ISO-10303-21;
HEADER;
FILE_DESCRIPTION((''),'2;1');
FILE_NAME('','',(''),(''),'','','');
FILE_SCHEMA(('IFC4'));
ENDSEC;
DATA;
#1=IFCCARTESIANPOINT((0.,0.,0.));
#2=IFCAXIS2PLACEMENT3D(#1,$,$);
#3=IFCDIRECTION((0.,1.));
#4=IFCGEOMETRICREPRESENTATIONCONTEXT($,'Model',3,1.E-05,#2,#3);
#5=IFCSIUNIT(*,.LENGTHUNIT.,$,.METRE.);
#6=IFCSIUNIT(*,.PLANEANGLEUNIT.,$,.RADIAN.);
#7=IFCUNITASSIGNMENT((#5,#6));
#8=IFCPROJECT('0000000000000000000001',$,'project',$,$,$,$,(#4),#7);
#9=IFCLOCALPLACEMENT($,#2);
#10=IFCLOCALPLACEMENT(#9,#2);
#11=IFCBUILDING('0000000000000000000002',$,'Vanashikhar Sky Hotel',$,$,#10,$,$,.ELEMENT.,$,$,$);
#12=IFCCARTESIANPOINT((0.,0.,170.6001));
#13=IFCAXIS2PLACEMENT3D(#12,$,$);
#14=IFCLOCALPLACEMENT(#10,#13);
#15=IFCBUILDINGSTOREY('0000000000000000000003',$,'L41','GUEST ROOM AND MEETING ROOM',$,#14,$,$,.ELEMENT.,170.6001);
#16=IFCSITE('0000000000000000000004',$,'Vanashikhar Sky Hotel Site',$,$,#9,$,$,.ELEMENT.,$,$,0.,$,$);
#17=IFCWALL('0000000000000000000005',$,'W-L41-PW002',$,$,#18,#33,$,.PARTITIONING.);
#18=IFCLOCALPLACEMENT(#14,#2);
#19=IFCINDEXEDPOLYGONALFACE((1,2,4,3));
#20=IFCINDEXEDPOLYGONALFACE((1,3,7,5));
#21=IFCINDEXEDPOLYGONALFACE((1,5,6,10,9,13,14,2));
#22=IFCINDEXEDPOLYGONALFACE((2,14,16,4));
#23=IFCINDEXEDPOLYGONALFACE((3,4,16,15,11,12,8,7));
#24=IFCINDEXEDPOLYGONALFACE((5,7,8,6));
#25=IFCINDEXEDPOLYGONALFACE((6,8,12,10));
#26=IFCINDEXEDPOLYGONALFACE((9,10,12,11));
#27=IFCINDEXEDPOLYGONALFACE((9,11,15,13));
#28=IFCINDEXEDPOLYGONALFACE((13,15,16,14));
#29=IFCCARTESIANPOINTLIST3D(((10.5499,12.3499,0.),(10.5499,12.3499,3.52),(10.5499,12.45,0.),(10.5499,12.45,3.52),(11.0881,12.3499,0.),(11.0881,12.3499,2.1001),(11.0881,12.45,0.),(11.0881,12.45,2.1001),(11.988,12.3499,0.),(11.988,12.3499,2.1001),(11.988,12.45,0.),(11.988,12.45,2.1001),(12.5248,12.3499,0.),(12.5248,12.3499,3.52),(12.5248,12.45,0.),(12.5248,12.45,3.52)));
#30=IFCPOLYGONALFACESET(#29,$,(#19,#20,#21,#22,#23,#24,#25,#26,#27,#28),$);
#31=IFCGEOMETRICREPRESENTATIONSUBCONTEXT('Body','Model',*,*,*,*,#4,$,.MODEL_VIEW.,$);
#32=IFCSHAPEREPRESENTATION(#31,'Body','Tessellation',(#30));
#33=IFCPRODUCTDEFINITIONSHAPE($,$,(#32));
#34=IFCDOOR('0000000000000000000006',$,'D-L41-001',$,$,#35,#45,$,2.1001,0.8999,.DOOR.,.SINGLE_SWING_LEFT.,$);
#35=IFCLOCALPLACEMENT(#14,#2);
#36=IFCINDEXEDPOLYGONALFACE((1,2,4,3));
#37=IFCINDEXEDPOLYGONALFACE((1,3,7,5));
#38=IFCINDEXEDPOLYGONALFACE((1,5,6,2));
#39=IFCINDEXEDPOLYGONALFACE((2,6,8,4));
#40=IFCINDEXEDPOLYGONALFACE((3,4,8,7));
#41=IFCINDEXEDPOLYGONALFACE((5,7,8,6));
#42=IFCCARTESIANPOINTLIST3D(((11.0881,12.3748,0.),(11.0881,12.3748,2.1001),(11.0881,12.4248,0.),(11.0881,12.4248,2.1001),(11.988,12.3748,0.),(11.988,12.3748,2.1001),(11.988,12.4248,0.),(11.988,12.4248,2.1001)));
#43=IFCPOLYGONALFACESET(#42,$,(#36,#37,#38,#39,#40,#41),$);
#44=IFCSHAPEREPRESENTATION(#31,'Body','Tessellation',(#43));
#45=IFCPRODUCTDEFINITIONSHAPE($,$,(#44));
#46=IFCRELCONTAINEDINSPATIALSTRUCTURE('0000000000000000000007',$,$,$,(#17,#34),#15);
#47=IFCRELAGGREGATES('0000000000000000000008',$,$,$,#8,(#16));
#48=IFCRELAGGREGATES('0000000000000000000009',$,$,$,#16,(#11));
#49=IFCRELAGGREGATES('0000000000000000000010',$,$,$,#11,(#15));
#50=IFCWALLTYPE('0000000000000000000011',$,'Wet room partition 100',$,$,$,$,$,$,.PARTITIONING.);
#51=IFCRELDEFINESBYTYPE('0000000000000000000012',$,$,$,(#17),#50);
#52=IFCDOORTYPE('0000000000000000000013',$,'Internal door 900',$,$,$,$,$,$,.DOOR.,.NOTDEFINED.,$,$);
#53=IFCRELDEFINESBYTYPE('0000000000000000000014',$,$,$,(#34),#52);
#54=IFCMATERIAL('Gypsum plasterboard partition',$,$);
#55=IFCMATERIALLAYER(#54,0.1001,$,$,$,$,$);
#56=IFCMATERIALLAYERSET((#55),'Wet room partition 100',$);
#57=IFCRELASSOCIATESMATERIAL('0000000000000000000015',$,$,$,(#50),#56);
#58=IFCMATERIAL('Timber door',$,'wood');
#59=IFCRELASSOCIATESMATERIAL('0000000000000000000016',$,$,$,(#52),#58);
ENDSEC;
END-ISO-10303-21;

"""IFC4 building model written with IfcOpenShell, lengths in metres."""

from ifc_helpers import new_model, si_unit, direction, frame, frame_2d, origin, place, context, subcontext, project, spatial, rectangle, extrude, source, transform, mapped, material, layer, layer_set, type_object, element, fill, save


model = new_model("IFC4")

# Units and contexts
model_context = context("Model", 3, precision=1e-05, world=origin(), true_north=direction((0.0, 1.0)))
body_context = subcontext(model_context, "Body", "Model", "MODEL_VIEW")
ifc_project = project(units=[si_unit("LENGTHUNIT", "METRE"), si_unit("PLANEANGLEUNIT", "RADIAN")], contexts=[model_context])

# Site, building, storey
site_placement = place(None, origin())
site = spatial("IfcSite", under=ifc_project, at=site_placement, Name="Vanashikhar Sky Hotel Site", CompositionType="ELEMENT", RefElevation=0.0)
building_placement = place(site_placement, origin())
building = spatial("IfcBuilding", under=site, at=building_placement, Name="Vanashikhar Sky Hotel", CompositionType="ELEMENT")
storey_placement = place(building_placement, frame((0.0, 0.0, 170.6001)))
storey = spatial("IfcBuildingStorey", under=building, at=storey_placement, Name="L41", Description="GUEST ROOM AND MEETING ROOM", CompositionType="ELEMENT", Elevation=170.6001)

# Shared definitions
ifc_material_1 = material(Name="Gypsum plasterboard partition")
ifc_layer_1 = layer(ifc_material_1, 0.1001)
ifc_layer_set_1 = layer_set([ifc_layer_1], Name="Wet room partition 100")
wall_type_1 = type_object("IfcWallType", Name="Wet room partition 100", PredefinedType="PARTITIONING", material=ifc_layer_set_1)

# Wall, opening, door
shared_shape_1 = source(origin(), body_context, "Body", "SweptSolid", [
    extrude(rectangle(XDim=1.9749, YDim=0.1001, at=frame_2d((0.9873, 0.0))), origin(), (0.0, 0.0, 1.0), 3.52),
])
wall_1_placement = place(storey_placement, frame((10.55, 12.3999, 0.0), z_axis=(0.0, 0.0, 1.0), x_axis=(1.0, 0.0, 0.0)))
wall_1 = element("IfcWall", 1, at=wall_1_placement, inside=storey, type_object=wall_type_1, Name="W-L41-PW002", PredefinedType="PARTITIONING", context=body_context, shape_type="MappedRepresentation", body=[
    mapped(shared_shape_1, transform((0.0, 0.0, 0.0), scale=1.0)),
])
shared_shape_2 = source(origin(), body_context, "Body", "SweptSolid", [
    extrude(rectangle(XDim=0.8999, YDim=2.1001, at=frame_2d((0.45, 1.05))), frame((0.0, 0.0601, 0.0), z_axis=(0.0, -1.0, 0.0), x_axis=(1.0, 0.0, 0.0)), (0.0, 0.0, 1.0), 0.1201),
])
opening_1_placement = place(wall_1_placement, frame((0.5381, 0.0, 0.0)))
opening_1 = element("IfcOpeningElement", 2, at=opening_1_placement, cuts=wall_1, PredefinedType="OPENING", context=body_context, shape_type="MappedRepresentation", body=[
    mapped(shared_shape_2, transform((0.0, 0.0, 0.0), scale=1.0)),
])
ifc_material_2 = material(Name="Timber door", Category="wood")
door_type_1 = type_object("IfcDoorType", Name="Internal door 900", OperationType="NOTDEFINED", PredefinedType="DOOR", material=ifc_material_2)
shared_shape_3 = source(origin(), body_context, "Body", "SweptSolid", [
    extrude(rectangle(XDim=0.8999, YDim=2.1001, at=frame_2d((0.45, 1.05))), frame((0.0, 0.0249, 0.0), z_axis=(0.0, -1.0, 0.0), x_axis=(1.0, 0.0, 0.0)), (0.0, 0.0, 1.0), 0.05),
])
door_1_placement = place(opening_1_placement, origin())
door_1 = element("IfcDoor", 3, at=door_1_placement, inside=storey, type_object=door_type_1, Name="D-L41-001", OperationType="SINGLE_SWING_LEFT", OverallHeight=2.1001, OverallWidth=0.8999, PredefinedType="DOOR", context=body_context, shape_type="MappedRepresentation", body=[
    mapped(shared_shape_3, transform((0.0, 0.0, 0.0), scale=1.0)),
])
fill(opening_1, door_1)

save(model, "model.ifc")
